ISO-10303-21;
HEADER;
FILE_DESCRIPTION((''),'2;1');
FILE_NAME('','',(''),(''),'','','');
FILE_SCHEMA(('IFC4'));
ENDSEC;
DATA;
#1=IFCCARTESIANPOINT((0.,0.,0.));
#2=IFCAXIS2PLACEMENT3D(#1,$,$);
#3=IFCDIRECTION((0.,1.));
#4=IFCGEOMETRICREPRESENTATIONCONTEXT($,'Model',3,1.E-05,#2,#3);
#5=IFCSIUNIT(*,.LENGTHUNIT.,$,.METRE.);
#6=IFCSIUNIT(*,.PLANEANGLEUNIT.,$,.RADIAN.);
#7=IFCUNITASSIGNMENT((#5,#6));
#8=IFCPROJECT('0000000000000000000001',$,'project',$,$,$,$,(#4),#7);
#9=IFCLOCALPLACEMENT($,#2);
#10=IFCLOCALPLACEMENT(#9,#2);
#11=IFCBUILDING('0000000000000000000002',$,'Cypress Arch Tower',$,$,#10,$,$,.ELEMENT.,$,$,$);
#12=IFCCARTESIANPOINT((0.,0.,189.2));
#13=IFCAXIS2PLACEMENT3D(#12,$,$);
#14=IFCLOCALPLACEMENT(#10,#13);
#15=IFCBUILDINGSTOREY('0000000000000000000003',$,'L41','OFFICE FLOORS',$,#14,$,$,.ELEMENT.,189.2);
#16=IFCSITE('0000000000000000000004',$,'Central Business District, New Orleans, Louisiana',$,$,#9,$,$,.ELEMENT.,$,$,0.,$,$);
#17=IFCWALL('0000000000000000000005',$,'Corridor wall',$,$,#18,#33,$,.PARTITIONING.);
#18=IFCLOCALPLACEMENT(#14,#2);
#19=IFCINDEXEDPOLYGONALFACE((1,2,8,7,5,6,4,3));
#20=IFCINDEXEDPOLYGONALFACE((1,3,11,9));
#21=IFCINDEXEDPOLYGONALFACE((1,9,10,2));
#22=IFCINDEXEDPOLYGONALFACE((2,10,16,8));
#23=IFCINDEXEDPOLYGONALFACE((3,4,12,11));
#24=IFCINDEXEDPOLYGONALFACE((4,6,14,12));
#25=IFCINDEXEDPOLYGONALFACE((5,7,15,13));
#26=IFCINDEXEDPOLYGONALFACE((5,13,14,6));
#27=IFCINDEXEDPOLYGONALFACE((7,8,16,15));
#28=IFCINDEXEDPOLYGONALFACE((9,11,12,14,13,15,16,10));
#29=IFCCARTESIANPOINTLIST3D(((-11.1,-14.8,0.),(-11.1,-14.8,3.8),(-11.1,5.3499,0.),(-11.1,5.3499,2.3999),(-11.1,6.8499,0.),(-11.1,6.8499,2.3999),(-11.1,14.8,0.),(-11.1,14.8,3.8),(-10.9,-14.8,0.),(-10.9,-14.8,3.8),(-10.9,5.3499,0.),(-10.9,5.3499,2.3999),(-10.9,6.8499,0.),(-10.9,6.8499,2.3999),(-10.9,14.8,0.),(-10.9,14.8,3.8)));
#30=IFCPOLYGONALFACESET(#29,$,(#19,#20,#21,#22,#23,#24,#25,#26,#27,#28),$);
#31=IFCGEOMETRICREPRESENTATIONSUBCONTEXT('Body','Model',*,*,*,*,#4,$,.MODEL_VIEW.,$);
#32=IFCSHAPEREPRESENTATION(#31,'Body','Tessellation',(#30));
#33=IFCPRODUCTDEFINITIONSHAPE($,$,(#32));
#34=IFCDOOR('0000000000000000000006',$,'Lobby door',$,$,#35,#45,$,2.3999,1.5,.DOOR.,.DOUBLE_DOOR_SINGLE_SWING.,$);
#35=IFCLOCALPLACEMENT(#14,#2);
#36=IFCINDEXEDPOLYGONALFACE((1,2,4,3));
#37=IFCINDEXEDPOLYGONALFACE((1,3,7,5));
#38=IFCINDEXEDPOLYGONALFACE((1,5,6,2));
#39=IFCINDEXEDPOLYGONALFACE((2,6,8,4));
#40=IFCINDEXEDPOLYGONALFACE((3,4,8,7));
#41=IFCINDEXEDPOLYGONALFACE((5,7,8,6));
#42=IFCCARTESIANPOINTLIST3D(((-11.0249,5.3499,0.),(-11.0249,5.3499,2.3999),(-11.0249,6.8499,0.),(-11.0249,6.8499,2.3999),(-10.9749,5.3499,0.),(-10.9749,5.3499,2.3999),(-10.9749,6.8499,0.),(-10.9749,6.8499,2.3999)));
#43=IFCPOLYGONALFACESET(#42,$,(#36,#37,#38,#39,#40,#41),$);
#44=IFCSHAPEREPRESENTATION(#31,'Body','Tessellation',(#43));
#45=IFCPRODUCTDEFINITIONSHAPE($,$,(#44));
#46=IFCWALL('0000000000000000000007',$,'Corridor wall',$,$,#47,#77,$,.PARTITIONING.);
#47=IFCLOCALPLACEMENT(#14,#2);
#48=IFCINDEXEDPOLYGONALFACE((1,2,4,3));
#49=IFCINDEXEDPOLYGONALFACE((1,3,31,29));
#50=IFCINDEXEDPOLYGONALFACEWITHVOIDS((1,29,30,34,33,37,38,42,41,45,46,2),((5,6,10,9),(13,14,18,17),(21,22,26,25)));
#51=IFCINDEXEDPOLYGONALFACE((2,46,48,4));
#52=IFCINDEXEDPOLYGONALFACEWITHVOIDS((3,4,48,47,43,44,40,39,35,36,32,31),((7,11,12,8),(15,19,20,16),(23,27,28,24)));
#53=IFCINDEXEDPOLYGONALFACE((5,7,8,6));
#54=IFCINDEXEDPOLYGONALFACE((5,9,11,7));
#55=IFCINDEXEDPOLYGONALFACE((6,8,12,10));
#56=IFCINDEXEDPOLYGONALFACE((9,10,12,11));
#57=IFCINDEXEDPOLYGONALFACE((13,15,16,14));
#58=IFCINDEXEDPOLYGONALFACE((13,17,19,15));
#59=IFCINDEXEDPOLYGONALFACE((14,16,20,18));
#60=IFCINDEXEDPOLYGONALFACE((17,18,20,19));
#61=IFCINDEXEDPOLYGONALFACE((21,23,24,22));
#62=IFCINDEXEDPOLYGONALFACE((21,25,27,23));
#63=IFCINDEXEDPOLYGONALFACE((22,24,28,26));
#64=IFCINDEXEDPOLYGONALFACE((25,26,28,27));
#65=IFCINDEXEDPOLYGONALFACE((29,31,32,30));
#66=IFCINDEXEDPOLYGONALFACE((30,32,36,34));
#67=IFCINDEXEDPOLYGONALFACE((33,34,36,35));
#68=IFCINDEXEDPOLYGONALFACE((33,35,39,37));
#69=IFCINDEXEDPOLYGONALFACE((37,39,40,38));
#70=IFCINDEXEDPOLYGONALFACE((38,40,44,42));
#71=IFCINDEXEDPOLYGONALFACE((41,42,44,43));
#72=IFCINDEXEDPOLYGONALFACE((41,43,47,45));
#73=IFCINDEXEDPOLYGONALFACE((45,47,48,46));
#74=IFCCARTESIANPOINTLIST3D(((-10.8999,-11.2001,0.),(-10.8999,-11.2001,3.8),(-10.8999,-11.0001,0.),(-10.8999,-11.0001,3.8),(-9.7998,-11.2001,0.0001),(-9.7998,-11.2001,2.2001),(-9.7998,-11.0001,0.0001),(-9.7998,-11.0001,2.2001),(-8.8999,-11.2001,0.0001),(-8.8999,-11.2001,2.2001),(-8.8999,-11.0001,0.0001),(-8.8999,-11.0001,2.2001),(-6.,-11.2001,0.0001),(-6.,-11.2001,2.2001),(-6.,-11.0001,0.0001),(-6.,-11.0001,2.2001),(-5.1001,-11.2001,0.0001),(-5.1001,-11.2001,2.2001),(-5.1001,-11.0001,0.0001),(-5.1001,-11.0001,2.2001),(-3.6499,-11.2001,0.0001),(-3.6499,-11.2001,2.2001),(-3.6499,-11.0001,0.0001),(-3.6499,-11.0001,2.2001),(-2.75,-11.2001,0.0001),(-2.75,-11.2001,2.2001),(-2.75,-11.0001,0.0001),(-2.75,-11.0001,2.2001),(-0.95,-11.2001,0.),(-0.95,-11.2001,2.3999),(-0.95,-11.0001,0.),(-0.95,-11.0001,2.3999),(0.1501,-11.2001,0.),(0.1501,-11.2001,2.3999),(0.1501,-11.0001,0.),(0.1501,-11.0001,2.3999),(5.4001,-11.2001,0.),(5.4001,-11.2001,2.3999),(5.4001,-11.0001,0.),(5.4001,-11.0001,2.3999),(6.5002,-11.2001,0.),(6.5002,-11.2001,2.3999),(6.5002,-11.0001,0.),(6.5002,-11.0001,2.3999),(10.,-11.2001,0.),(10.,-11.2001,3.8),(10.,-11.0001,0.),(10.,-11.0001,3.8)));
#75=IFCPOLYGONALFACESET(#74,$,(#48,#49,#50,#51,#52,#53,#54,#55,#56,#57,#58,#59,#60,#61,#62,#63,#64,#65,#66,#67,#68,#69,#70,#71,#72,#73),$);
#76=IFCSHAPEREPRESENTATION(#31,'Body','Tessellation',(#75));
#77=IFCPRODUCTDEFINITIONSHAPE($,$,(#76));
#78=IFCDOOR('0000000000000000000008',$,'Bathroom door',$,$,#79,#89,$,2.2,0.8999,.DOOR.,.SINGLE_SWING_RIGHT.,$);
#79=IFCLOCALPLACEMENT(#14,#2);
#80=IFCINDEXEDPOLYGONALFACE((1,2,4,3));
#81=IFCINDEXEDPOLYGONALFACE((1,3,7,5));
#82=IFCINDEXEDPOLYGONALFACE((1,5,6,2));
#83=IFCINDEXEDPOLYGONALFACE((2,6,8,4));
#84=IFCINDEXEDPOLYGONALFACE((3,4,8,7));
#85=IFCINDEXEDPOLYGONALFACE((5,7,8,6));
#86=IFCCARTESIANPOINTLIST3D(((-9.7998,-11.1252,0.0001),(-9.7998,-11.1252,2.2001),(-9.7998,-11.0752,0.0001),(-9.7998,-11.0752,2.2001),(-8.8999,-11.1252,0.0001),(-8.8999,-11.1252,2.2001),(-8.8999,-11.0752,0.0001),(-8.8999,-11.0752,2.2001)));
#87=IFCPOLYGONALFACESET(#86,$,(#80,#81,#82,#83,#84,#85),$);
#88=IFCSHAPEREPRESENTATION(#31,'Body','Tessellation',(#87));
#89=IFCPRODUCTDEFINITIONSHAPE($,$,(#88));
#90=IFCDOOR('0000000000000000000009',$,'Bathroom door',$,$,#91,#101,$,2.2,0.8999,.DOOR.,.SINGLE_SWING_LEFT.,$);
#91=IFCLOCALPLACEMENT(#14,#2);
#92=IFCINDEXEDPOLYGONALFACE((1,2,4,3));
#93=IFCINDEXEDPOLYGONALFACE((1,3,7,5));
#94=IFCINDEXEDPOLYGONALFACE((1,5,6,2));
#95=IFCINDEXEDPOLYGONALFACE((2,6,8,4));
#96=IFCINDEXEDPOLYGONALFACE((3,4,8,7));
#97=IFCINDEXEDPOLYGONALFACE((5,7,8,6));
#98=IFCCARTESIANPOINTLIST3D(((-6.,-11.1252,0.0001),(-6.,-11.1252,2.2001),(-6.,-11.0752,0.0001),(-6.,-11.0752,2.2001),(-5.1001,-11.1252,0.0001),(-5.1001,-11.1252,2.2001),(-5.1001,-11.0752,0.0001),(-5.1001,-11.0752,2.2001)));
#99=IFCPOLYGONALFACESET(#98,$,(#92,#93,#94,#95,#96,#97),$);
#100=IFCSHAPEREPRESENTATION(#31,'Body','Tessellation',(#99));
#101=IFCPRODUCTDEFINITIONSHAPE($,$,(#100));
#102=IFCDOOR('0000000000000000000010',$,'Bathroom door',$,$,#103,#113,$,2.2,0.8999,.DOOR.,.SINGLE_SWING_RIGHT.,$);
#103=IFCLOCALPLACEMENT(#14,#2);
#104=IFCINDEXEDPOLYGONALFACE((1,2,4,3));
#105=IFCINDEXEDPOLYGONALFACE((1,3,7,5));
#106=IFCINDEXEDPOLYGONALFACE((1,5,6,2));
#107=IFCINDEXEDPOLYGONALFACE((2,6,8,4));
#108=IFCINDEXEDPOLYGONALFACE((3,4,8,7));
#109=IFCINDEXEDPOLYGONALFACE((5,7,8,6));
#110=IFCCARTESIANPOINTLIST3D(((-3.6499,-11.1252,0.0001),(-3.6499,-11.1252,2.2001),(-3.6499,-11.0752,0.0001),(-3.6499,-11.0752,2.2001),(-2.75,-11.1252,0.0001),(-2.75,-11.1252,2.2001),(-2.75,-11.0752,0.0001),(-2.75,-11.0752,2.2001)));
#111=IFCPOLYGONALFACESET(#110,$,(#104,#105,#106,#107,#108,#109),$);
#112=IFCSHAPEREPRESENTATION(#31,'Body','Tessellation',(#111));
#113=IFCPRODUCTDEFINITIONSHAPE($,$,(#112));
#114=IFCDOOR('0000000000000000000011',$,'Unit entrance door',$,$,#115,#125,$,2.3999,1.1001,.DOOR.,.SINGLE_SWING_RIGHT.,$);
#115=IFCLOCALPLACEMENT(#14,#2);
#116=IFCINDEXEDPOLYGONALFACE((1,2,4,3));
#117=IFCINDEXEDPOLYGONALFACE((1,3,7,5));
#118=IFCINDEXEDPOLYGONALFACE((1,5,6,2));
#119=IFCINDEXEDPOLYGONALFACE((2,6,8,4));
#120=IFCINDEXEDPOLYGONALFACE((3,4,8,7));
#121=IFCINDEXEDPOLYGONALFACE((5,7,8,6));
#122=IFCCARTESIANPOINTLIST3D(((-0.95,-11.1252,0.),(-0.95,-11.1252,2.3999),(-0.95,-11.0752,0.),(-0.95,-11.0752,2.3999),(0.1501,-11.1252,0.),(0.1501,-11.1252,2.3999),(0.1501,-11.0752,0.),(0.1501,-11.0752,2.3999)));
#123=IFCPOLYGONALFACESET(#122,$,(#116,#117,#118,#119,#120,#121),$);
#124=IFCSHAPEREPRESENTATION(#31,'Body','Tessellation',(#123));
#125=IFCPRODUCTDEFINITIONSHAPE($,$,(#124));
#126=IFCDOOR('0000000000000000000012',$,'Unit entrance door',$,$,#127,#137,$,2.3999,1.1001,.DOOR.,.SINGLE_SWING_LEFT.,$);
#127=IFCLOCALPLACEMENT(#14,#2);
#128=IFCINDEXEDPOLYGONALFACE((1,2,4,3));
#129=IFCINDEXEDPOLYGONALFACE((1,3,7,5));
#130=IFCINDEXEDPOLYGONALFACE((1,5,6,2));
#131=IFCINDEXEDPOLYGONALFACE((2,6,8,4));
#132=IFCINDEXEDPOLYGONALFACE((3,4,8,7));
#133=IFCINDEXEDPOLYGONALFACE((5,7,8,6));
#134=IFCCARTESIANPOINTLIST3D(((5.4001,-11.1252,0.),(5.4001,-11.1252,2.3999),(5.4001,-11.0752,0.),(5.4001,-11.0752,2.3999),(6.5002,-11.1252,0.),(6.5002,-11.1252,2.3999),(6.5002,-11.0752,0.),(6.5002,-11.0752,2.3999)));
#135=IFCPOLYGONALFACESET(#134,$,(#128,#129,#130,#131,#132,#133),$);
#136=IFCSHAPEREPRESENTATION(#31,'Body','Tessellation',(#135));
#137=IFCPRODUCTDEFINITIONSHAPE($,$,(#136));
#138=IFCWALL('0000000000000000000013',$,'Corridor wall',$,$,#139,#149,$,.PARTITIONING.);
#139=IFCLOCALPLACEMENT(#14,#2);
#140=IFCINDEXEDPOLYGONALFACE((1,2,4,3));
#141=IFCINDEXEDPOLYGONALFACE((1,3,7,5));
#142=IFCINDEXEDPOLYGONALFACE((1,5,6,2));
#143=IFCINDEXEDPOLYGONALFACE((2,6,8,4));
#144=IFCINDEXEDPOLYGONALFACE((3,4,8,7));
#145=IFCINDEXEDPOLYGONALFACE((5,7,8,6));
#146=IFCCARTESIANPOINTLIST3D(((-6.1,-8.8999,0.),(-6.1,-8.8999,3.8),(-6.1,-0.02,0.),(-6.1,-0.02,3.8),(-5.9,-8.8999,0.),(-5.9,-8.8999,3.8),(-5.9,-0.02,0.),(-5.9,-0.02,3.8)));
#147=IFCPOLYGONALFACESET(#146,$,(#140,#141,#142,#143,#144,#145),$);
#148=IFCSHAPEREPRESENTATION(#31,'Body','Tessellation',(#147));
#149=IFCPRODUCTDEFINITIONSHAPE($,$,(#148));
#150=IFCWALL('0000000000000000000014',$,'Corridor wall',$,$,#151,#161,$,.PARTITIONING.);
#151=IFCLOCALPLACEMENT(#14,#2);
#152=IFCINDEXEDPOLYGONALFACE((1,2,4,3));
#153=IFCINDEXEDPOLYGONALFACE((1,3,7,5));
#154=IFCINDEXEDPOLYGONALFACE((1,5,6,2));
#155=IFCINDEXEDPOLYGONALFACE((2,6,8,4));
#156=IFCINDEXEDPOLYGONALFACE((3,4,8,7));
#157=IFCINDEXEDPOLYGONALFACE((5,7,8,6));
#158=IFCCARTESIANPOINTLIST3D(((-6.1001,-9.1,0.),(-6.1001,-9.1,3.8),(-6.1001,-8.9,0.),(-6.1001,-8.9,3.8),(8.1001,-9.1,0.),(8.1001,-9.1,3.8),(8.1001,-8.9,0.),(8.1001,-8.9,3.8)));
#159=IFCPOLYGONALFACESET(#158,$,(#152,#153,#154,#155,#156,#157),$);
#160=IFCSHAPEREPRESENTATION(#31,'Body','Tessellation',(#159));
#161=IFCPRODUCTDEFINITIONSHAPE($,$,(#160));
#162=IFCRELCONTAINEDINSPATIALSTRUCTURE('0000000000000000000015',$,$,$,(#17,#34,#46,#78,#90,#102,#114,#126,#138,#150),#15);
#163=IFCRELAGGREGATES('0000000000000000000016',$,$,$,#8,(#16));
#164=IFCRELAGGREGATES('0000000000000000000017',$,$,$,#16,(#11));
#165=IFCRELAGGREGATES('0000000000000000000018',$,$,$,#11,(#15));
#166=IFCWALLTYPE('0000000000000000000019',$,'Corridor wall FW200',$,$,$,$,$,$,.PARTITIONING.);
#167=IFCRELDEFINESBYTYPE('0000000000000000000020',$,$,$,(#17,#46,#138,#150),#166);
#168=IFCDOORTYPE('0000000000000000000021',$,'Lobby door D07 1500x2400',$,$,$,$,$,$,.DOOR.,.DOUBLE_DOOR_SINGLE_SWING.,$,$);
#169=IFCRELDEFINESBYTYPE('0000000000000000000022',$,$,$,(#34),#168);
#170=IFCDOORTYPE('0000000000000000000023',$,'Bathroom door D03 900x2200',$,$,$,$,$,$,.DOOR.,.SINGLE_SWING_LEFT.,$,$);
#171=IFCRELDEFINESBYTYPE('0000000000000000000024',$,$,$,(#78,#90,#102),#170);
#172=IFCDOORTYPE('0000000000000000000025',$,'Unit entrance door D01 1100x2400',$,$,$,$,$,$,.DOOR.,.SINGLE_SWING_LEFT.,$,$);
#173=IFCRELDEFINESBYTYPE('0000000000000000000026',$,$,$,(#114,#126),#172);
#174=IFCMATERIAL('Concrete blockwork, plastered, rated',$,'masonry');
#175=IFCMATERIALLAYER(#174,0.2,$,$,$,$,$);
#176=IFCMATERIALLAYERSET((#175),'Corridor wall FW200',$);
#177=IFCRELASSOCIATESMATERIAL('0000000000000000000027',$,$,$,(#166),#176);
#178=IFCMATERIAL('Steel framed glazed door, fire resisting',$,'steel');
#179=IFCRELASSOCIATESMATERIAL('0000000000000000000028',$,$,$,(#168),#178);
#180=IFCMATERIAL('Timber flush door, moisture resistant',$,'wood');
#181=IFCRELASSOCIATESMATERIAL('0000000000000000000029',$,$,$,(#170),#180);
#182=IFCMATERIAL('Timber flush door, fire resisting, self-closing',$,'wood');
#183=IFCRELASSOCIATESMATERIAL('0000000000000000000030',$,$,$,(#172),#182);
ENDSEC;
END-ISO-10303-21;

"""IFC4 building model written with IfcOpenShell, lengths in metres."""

from ifc_helpers import new_model, si_unit, direction, frame, frame_2d, origin, place, context, subcontext, project, spatial, rectangle, extrude, material, layer, layer_set, type_object, element, fill, save


model = new_model("IFC4")

# Units and contexts
model_context = context("Model", 3, precision=1e-05, world=origin(), true_north=direction((0.0, 1.0)))
body_context = subcontext(model_context, "Body", "Model", "MODEL_VIEW")
ifc_project = project(units=[si_unit("LENGTHUNIT", "METRE"), si_unit("PLANEANGLEUNIT", "RADIAN")], contexts=[model_context])

# Site, building, storey
site_placement = place(None, origin())
site = spatial("IfcSite", under=ifc_project, at=site_placement, Name="Central Business District, New Orleans, Louisiana", CompositionType="ELEMENT", RefElevation=0.0)
building_placement = place(site_placement, origin())
building = spatial("IfcBuilding", under=site, at=building_placement, Name="Cypress Arch Tower", CompositionType="ELEMENT")
storey_placement = place(building_placement, frame((0.0, 0.0, 189.2)))
storey = spatial("IfcBuildingStorey", under=building, at=storey_placement, Name="L41", Description="OFFICE FLOORS", CompositionType="ELEMENT", Elevation=189.2)

# Wall, opening, door
ifc_material_1 = material(Name="Concrete blockwork, plastered, rated", Category="masonry")
ifc_layer_1 = layer(ifc_material_1, 0.2)
ifc_layer_set_1 = layer_set([ifc_layer_1], Name="Corridor wall FW200")
wall_type_1 = type_object("IfcWallType", Name="Corridor wall FW200", PredefinedType="PARTITIONING", material=ifc_layer_set_1)
wall_1_placement = place(storey_placement, frame((-11.0, -14.8, 0.0), z_axis=(0.0, 0.0, 1.0), x_axis=(0.0, 1.0, 0.0)))
wall_1 = element("IfcWall", 1, at=wall_1_placement, inside=storey, type_object=wall_type_1, Name="Corridor wall", PredefinedType="PARTITIONING", context=body_context, shape_type="SweptSolid", body=[
    extrude(rectangle(XDim=29.6001, YDim=0.2, at=frame_2d((14.8, 0.0))), origin(), (0.0, 0.0, 1.0), 3.8),
])
opening_1_placement = place(wall_1_placement, frame((20.1499, 0.0, 0.0)))
opening_1 = element("IfcOpeningElement", 2, at=opening_1_placement, cuts=wall_1, PredefinedType="OPENING", context=body_context, shape_type="SweptSolid", body=[
    extrude(rectangle(XDim=1.5, YDim=2.3999, at=frame_2d((0.75, 1.2))), frame((0.0, 0.1099, 0.0), z_axis=(0.0, -1.0, 0.0), x_axis=(1.0, 0.0, 0.0)), (0.0, 0.0, 1.0), 0.22),
])
ifc_material_2 = material(Name="Steel framed glazed door, fire resisting", Category="steel")
door_type_1 = type_object("IfcDoorType", Name="Lobby door D07 1500x2400", OperationType="DOUBLE_DOOR_SINGLE_SWING", PredefinedType="DOOR", material=ifc_material_2)
door_1_placement = place(opening_1_placement, origin())
door_1 = element("IfcDoor", 3, at=door_1_placement, inside=storey, type_object=door_type_1, Name="Lobby door", OperationType="DOUBLE_DOOR_SINGLE_SWING", OverallHeight=2.3999, OverallWidth=1.5, PredefinedType="DOOR", context=body_context, shape_type="SweptSolid", body=[
    extrude(rectangle(XDim=1.5, YDim=2.3999, at=frame_2d((0.75, 1.2))), frame((0.0, 0.0249, 0.0), z_axis=(0.0, -1.0, 0.0), x_axis=(1.0, 0.0, 0.0)), (0.0, 0.0, 1.0), 0.05),
])
fill(opening_1, door_1)

# Wall, openings, doors
wall_2_placement = place(storey_placement, frame((-10.8999, -11.1001, 0.0), z_axis=(0.0, 0.0, 1.0), x_axis=(1.0, 0.0, 0.0)))
wall_2 = element("IfcWall", 4, at=wall_2_placement, inside=storey, type_object=wall_type_1, Name="Corridor wall", PredefinedType="PARTITIONING", context=body_context, shape_type="SweptSolid", body=[
    extrude(rectangle(XDim=20.8999, YDim=0.2, at=frame_2d((10.45, 0.0))), origin(), (0.0, 0.0, 1.0), 3.8),
])
opening_2_placement = place(wall_2_placement, frame((1.1001, 0.0, 0.0)))
opening_2 = element("IfcOpeningElement", 5, at=opening_2_placement, cuts=wall_2, PredefinedType="OPENING", context=body_context, shape_type="SweptSolid", body=[
    extrude(rectangle(XDim=0.8999, YDim=2.2, at=frame_2d((0.45, 1.1001))), frame((0.0, 0.1099, 0.0), z_axis=(0.0, -1.0, 0.0), x_axis=(1.0, 0.0, 0.0)), (0.0, 0.0, 1.0), 0.22),
])
opening_3_placement = place(wall_2_placement, frame((4.8999, 0.0, 0.0)))
opening_3 = element("IfcOpeningElement", 6, at=opening_3_placement, cuts=wall_2, PredefinedType="OPENING", context=body_context, shape_type="SweptSolid", body=[
    extrude(rectangle(XDim=0.8999, YDim=2.2, at=frame_2d((0.45, 1.1001))), frame((0.0, 0.1099, 0.0), z_axis=(0.0, -1.0, 0.0), x_axis=(1.0, 0.0, 0.0)), (0.0, 0.0, 1.0), 0.22),
])
opening_4_placement = place(wall_2_placement, frame((7.25, 0.0, 0.0)))
opening_4 = element("IfcOpeningElement", 7, at=opening_4_placement, cuts=wall_2, PredefinedType="OPENING", context=body_context, shape_type="SweptSolid", body=[
    extrude(rectangle(XDim=0.8999, YDim=2.2, at=frame_2d((0.45, 1.1001))), frame((0.0, 0.1099, 0.0), z_axis=(0.0, -1.0, 0.0), x_axis=(1.0, 0.0, 0.0)), (0.0, 0.0, 1.0), 0.22),
])
opening_5_placement = place(wall_2_placement, frame((9.95, 0.0, 0.0)))
opening_5 = element("IfcOpeningElement", 8, at=opening_5_placement, cuts=wall_2, PredefinedType="OPENING", context=body_context, shape_type="SweptSolid", body=[
    extrude(rectangle(XDim=1.1001, YDim=2.3999, at=frame_2d((0.55, 1.2))), frame((0.0, 0.1099, 0.0), z_axis=(0.0, -1.0, 0.0), x_axis=(1.0, 0.0, 0.0)), (0.0, 0.0, 1.0), 0.22),
])
opening_6_placement = place(wall_2_placement, frame((16.3, 0.0, 0.0)))
opening_6 = element("IfcOpeningElement", 9, at=opening_6_placement, cuts=wall_2, PredefinedType="OPENING", context=body_context, shape_type="SweptSolid", body=[
    extrude(rectangle(XDim=1.1001, YDim=2.3999, at=frame_2d((0.55, 1.2))), frame((0.0, 0.1099, 0.0), z_axis=(0.0, -1.0, 0.0), x_axis=(1.0, 0.0, 0.0)), (0.0, 0.0, 1.0), 0.22),
])
ifc_material_3 = material(Name="Timber flush door, moisture resistant", Category="wood")
door_type_2 = type_object("IfcDoorType", Name="Bathroom door D03 900x2200", OperationType="SINGLE_SWING_LEFT", PredefinedType="DOOR", material=ifc_material_3)
door_2_placement = place(opening_2_placement, origin())
door_2 = element("IfcDoor", 10, at=door_2_placement, inside=storey, type_object=door_type_2, Name="Bathroom door", OperationType="SINGLE_SWING_RIGHT", OverallHeight=2.2, OverallWidth=0.8999, PredefinedType="DOOR", context=body_context, shape_type="SweptSolid", body=[
    extrude(rectangle(XDim=0.8999, YDim=2.2, at=frame_2d((0.45, 1.1001))), frame((0.0, 0.0249, 0.0), z_axis=(0.0, -1.0, 0.0), x_axis=(1.0, 0.0, 0.0)), (0.0, 0.0, 1.0), 0.05),
])
fill(opening_2, door_2)
door_3_placement = place(opening_3_placement, origin())
door_3 = element("IfcDoor", 11, at=door_3_placement, inside=storey, type_object=door_type_2, Name="Bathroom door", OperationType="SINGLE_SWING_LEFT", OverallHeight=2.2, OverallWidth=0.8999, PredefinedType="DOOR", context=body_context, shape_type="SweptSolid", body=[
    extrude(rectangle(XDim=0.8999, YDim=2.2, at=frame_2d((0.45, 1.1001))), frame((0.0, 0.0249, 0.0), z_axis=(0.0, -1.0, 0.0), x_axis=(1.0, 0.0, 0.0)), (0.0, 0.0, 1.0), 0.05),
])
fill(opening_3, door_3)
door_4_placement = place(opening_4_placement, origin())
door_4 = element("IfcDoor", 12, at=door_4_placement, inside=storey, type_object=door_type_2, Name="Bathroom door", OperationType="SINGLE_SWING_RIGHT", OverallHeight=2.2, OverallWidth=0.8999, PredefinedType="DOOR", context=body_context, shape_type="SweptSolid", body=[
    extrude(rectangle(XDim=0.8999, YDim=2.2, at=frame_2d((0.45, 1.1001))), frame((0.0, 0.0249, 0.0), z_axis=(0.0, -1.0, 0.0), x_axis=(1.0, 0.0, 0.0)), (0.0, 0.0, 1.0), 0.05),
])
fill(opening_4, door_4)
ifc_material_4 = material(Name="Timber flush door, fire resisting, self-closing", Category="wood")
door_type_3 = type_object("IfcDoorType", Name="Unit entrance door D01 1100x2400", OperationType="SINGLE_SWING_LEFT", PredefinedType="DOOR", material=ifc_material_4)
door_5_placement = place(opening_5_placement, origin())
door_5 = element("IfcDoor", 13, at=door_5_placement, inside=storey, type_object=door_type_3, Name="Unit entrance door", OperationType="SINGLE_SWING_RIGHT", OverallHeight=2.3999, OverallWidth=1.1001, PredefinedType="DOOR", context=body_context, shape_type="SweptSolid", body=[
    extrude(rectangle(XDim=1.1001, YDim=2.3999, at=frame_2d((0.55, 1.2))), frame((0.0, 0.0249, 0.0), z_axis=(0.0, -1.0, 0.0), x_axis=(1.0, 0.0, 0.0)), (0.0, 0.0, 1.0), 0.05),
])
fill(opening_5, door_5)
door_6_placement = place(opening_6_placement, origin())
door_6 = element("IfcDoor", 14, at=door_6_placement, inside=storey, type_object=door_type_3, Name="Unit entrance door", OperationType="SINGLE_SWING_LEFT", OverallHeight=2.3999, OverallWidth=1.1001, PredefinedType="DOOR", context=body_context, shape_type="SweptSolid", body=[
    extrude(rectangle(XDim=1.1001, YDim=2.3999, at=frame_2d((0.55, 1.2))), frame((0.0, 0.0249, 0.0), z_axis=(0.0, -1.0, 0.0), x_axis=(1.0, 0.0, 0.0)), (0.0, 0.0, 1.0), 0.05),
])
fill(opening_6, door_6)

# Walls
wall_3_placement = place(storey_placement, frame((-6.0, -8.8999, 0.0), z_axis=(0.0, 0.0, 1.0), x_axis=(0.0, 1.0, 0.0)))
element("IfcWall", 15, at=wall_3_placement, inside=storey, type_object=wall_type_1, Name="Corridor wall", PredefinedType="PARTITIONING", context=body_context, shape_type="SweptSolid", body=[
    extrude(rectangle(XDim=8.8799, YDim=0.2, at=frame_2d((4.4399, 0.0))), origin(), (0.0, 0.0, 1.0), 3.8),
])
wall_4_placement = place(storey_placement, frame((-6.1001, -9.0, 0.0), z_axis=(0.0, 0.0, 1.0), x_axis=(1.0, 0.0, 0.0)))
element("IfcWall", 16, at=wall_4_placement, inside=storey, type_object=wall_type_1, Name="Corridor wall", PredefinedType="PARTITIONING", context=body_context, shape_type="SweptSolid", body=[
    extrude(rectangle(XDim=14.2002, YDim=0.2, at=frame_2d((7.1001, 0.0))), origin(), (0.0, 0.0, 1.0), 3.8),
])

save(model, "model.ifc")
